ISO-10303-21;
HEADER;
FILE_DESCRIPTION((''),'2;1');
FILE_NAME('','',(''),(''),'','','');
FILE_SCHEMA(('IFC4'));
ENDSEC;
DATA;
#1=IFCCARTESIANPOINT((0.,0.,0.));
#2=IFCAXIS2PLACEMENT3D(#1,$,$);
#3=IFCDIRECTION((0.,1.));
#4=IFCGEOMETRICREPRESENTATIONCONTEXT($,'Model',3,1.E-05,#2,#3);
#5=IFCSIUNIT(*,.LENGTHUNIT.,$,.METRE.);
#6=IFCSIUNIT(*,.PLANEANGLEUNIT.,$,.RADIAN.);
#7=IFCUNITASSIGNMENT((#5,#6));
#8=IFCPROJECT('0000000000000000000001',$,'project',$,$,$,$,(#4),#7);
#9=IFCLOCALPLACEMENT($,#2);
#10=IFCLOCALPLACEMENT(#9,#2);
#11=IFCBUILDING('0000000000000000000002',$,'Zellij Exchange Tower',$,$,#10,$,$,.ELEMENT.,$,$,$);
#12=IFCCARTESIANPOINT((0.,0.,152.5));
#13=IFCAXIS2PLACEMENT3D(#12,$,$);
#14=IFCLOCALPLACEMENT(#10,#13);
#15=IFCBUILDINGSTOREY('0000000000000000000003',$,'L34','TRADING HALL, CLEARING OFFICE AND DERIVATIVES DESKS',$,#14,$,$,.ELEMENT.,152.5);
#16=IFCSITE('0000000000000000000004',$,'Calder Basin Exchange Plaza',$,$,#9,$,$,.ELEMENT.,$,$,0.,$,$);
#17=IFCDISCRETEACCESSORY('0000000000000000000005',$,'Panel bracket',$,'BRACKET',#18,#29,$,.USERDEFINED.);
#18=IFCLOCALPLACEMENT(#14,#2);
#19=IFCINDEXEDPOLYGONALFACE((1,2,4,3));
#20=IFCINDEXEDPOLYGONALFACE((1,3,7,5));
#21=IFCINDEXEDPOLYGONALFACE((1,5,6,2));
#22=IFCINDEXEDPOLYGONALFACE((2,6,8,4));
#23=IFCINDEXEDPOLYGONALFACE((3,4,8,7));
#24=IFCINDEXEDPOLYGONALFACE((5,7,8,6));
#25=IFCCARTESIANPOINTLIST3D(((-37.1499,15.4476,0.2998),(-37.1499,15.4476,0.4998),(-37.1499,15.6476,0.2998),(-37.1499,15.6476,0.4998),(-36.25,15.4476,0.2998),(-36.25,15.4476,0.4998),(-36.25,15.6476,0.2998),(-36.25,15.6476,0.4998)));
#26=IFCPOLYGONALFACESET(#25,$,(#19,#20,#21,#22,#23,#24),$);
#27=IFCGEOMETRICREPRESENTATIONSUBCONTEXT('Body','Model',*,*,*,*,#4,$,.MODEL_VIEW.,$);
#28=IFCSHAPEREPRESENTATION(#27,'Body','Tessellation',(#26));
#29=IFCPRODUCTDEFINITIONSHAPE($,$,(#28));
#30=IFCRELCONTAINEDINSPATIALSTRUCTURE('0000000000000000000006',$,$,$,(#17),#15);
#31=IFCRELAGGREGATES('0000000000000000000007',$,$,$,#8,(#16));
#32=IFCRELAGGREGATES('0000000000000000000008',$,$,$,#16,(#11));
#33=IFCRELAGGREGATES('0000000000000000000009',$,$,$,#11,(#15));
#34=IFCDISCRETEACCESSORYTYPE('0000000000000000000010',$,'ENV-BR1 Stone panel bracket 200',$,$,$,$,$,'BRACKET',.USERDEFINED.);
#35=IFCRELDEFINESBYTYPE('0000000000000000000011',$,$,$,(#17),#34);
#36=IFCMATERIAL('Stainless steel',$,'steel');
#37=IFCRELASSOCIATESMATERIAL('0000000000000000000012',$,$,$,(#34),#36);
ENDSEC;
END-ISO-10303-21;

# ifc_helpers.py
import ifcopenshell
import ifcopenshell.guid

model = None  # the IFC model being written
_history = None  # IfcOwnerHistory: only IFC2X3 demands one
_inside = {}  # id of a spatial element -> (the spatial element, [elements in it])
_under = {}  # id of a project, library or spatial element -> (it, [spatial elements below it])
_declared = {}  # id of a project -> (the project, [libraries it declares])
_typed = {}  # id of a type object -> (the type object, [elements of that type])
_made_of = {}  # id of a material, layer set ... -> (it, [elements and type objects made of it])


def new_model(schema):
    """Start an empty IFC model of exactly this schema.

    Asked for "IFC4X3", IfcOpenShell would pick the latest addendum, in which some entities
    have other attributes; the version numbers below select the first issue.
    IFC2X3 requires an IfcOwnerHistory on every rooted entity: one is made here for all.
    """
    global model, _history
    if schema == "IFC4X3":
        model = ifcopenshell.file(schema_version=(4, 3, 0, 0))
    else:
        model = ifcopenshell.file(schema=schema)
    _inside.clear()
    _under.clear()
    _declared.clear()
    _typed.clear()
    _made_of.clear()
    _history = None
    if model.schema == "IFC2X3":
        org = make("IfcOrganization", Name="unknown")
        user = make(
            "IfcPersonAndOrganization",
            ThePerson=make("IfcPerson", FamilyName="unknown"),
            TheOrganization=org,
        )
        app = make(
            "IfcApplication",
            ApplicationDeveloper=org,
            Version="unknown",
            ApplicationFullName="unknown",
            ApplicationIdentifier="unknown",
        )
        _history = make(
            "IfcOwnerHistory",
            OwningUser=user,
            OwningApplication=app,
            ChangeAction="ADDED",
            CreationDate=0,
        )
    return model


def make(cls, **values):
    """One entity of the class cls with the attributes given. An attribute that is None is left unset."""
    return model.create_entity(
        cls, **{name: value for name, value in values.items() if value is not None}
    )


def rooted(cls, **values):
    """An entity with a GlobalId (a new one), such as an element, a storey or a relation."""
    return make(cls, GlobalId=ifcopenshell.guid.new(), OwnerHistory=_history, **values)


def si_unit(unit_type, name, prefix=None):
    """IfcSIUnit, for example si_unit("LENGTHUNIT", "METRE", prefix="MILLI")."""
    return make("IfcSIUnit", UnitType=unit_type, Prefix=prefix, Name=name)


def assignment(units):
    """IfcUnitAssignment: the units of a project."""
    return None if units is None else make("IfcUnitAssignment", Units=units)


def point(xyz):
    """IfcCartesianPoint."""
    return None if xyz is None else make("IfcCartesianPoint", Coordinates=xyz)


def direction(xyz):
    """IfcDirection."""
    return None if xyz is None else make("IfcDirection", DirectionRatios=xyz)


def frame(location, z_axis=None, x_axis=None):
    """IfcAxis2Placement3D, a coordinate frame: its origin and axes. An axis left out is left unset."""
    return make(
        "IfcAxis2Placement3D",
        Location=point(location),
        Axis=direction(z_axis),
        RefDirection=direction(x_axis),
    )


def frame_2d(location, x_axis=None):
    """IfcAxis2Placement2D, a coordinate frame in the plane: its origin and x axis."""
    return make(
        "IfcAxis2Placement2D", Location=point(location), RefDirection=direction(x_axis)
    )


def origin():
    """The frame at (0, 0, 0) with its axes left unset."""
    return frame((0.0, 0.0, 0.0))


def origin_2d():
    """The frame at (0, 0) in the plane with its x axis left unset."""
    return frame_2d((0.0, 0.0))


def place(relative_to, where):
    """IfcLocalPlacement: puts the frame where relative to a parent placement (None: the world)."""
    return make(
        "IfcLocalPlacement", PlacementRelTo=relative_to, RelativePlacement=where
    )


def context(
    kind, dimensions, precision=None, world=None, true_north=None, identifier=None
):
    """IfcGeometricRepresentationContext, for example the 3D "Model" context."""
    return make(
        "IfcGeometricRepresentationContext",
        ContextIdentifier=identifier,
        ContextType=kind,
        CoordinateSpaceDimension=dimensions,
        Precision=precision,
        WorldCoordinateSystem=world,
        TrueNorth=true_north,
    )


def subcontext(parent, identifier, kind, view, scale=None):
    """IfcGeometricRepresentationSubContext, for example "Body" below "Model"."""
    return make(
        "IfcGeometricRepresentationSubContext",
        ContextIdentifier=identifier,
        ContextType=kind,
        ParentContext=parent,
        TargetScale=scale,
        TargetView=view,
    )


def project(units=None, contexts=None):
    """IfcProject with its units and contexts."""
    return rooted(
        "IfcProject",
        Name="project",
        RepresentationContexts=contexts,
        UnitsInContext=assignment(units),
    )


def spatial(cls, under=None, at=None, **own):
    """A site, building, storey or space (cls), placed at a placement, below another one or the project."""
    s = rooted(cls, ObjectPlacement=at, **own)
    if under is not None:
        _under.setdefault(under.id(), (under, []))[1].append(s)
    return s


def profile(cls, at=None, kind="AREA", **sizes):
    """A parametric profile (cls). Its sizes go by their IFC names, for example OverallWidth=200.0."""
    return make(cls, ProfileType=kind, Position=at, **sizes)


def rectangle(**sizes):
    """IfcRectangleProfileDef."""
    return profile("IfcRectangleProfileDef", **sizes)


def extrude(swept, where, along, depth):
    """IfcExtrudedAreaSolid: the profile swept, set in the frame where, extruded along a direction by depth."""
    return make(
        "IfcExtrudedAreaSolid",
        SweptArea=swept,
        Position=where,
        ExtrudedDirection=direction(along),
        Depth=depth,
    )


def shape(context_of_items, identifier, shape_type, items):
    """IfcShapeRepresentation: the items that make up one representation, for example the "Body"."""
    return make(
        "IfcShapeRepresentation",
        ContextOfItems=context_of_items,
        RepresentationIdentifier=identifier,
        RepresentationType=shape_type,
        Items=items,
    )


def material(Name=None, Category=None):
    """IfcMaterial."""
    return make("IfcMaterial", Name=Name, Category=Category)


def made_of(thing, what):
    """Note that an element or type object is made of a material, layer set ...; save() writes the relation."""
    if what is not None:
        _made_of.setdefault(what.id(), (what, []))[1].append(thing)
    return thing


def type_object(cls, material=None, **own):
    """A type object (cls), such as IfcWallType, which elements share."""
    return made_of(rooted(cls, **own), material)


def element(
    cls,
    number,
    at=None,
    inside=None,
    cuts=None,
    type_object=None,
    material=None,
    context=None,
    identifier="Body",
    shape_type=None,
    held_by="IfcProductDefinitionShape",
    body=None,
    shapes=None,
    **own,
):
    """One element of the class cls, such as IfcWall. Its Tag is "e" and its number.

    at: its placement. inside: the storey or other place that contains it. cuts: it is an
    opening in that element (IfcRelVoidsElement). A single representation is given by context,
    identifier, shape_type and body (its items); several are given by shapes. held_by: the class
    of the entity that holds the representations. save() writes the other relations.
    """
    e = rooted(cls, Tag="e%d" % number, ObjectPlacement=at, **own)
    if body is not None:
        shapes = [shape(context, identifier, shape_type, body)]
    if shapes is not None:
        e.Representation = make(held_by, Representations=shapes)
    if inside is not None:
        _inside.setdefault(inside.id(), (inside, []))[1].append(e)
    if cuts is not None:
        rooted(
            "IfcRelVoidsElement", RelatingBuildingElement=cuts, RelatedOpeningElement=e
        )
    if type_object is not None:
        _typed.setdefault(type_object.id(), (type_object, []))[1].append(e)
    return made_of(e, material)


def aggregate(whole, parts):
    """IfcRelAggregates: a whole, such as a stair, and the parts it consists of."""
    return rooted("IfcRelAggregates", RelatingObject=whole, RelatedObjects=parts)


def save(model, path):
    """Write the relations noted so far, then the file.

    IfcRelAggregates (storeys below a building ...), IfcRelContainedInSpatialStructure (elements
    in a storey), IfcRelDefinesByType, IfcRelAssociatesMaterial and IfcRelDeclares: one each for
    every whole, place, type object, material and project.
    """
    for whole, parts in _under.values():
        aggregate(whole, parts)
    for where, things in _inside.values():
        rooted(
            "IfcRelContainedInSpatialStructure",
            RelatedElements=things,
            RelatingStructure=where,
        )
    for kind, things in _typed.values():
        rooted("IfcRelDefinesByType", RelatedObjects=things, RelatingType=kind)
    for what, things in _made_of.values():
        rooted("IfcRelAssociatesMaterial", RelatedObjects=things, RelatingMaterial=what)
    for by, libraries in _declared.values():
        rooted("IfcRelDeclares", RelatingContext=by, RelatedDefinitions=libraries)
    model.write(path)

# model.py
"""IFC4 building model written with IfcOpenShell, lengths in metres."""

from ifc_helpers import new_model, si_unit, direction, frame, origin, origin_2d, place, context, subcontext, project, spatial, rectangle, extrude, material, type_object, element, save


model = new_model("IFC4")

# Units and contexts
model_context = context("Model", 3, precision=1e-05, world=origin(), true_north=direction((0.0, 1.0)))
body_context = subcontext(model_context, "Body", "Model", "MODEL_VIEW")
ifc_project = project(units=[si_unit("LENGTHUNIT", "METRE"), si_unit("PLANEANGLEUNIT", "RADIAN")], contexts=[model_context])

# Site, building, storey
site_placement = place(None, origin())
site = spatial("IfcSite", under=ifc_project, at=site_placement, Name="Calder Basin Exchange Plaza", CompositionType="ELEMENT", RefElevation=0.0)
building_placement = place(site_placement, origin())
building = spatial("IfcBuilding", under=site, at=building_placement, Name="Zellij Exchange Tower", CompositionType="ELEMENT")
storey_placement = place(building_placement, frame((0.0, 0.0, 152.5)))
storey = spatial("IfcBuildingStorey", under=building, at=storey_placement, Name="L34", Description="TRADING HALL, CLEARING OFFICE AND DERIVATIVES DESKS", CompositionType="ELEMENT", Elevation=152.5)

# Discrete accessory
ifc_material_1 = material(Name="Stainless steel", Category="steel")
discrete_accessory_type = type_object("IfcDiscreteAccessoryType", Name="ENV-BR1 Stone panel bracket 200", ElementType="BRACKET", PredefinedType="USERDEFINED", material=ifc_material_1)
discrete_accessory_placement = place(storey_placement, frame((-36.7, 15.5476, 0.2998), z_axis=(0.0, 0.0, 1.0), x_axis=(0.0, -1.0, 0.0)))
element("IfcDiscreteAccessory", 1, at=discrete_accessory_placement, inside=storey, type_object=discrete_accessory_type, Name="Panel bracket", ObjectType="BRACKET", PredefinedType="USERDEFINED", context=body_context, shape_type="SweptSolid", body=[
    extrude(rectangle(XDim=0.2, YDim=0.8999, at=origin_2d()), origin(), (0.0, 0.0, 1.0), 0.2),
])

save(model, "model.ifc")
